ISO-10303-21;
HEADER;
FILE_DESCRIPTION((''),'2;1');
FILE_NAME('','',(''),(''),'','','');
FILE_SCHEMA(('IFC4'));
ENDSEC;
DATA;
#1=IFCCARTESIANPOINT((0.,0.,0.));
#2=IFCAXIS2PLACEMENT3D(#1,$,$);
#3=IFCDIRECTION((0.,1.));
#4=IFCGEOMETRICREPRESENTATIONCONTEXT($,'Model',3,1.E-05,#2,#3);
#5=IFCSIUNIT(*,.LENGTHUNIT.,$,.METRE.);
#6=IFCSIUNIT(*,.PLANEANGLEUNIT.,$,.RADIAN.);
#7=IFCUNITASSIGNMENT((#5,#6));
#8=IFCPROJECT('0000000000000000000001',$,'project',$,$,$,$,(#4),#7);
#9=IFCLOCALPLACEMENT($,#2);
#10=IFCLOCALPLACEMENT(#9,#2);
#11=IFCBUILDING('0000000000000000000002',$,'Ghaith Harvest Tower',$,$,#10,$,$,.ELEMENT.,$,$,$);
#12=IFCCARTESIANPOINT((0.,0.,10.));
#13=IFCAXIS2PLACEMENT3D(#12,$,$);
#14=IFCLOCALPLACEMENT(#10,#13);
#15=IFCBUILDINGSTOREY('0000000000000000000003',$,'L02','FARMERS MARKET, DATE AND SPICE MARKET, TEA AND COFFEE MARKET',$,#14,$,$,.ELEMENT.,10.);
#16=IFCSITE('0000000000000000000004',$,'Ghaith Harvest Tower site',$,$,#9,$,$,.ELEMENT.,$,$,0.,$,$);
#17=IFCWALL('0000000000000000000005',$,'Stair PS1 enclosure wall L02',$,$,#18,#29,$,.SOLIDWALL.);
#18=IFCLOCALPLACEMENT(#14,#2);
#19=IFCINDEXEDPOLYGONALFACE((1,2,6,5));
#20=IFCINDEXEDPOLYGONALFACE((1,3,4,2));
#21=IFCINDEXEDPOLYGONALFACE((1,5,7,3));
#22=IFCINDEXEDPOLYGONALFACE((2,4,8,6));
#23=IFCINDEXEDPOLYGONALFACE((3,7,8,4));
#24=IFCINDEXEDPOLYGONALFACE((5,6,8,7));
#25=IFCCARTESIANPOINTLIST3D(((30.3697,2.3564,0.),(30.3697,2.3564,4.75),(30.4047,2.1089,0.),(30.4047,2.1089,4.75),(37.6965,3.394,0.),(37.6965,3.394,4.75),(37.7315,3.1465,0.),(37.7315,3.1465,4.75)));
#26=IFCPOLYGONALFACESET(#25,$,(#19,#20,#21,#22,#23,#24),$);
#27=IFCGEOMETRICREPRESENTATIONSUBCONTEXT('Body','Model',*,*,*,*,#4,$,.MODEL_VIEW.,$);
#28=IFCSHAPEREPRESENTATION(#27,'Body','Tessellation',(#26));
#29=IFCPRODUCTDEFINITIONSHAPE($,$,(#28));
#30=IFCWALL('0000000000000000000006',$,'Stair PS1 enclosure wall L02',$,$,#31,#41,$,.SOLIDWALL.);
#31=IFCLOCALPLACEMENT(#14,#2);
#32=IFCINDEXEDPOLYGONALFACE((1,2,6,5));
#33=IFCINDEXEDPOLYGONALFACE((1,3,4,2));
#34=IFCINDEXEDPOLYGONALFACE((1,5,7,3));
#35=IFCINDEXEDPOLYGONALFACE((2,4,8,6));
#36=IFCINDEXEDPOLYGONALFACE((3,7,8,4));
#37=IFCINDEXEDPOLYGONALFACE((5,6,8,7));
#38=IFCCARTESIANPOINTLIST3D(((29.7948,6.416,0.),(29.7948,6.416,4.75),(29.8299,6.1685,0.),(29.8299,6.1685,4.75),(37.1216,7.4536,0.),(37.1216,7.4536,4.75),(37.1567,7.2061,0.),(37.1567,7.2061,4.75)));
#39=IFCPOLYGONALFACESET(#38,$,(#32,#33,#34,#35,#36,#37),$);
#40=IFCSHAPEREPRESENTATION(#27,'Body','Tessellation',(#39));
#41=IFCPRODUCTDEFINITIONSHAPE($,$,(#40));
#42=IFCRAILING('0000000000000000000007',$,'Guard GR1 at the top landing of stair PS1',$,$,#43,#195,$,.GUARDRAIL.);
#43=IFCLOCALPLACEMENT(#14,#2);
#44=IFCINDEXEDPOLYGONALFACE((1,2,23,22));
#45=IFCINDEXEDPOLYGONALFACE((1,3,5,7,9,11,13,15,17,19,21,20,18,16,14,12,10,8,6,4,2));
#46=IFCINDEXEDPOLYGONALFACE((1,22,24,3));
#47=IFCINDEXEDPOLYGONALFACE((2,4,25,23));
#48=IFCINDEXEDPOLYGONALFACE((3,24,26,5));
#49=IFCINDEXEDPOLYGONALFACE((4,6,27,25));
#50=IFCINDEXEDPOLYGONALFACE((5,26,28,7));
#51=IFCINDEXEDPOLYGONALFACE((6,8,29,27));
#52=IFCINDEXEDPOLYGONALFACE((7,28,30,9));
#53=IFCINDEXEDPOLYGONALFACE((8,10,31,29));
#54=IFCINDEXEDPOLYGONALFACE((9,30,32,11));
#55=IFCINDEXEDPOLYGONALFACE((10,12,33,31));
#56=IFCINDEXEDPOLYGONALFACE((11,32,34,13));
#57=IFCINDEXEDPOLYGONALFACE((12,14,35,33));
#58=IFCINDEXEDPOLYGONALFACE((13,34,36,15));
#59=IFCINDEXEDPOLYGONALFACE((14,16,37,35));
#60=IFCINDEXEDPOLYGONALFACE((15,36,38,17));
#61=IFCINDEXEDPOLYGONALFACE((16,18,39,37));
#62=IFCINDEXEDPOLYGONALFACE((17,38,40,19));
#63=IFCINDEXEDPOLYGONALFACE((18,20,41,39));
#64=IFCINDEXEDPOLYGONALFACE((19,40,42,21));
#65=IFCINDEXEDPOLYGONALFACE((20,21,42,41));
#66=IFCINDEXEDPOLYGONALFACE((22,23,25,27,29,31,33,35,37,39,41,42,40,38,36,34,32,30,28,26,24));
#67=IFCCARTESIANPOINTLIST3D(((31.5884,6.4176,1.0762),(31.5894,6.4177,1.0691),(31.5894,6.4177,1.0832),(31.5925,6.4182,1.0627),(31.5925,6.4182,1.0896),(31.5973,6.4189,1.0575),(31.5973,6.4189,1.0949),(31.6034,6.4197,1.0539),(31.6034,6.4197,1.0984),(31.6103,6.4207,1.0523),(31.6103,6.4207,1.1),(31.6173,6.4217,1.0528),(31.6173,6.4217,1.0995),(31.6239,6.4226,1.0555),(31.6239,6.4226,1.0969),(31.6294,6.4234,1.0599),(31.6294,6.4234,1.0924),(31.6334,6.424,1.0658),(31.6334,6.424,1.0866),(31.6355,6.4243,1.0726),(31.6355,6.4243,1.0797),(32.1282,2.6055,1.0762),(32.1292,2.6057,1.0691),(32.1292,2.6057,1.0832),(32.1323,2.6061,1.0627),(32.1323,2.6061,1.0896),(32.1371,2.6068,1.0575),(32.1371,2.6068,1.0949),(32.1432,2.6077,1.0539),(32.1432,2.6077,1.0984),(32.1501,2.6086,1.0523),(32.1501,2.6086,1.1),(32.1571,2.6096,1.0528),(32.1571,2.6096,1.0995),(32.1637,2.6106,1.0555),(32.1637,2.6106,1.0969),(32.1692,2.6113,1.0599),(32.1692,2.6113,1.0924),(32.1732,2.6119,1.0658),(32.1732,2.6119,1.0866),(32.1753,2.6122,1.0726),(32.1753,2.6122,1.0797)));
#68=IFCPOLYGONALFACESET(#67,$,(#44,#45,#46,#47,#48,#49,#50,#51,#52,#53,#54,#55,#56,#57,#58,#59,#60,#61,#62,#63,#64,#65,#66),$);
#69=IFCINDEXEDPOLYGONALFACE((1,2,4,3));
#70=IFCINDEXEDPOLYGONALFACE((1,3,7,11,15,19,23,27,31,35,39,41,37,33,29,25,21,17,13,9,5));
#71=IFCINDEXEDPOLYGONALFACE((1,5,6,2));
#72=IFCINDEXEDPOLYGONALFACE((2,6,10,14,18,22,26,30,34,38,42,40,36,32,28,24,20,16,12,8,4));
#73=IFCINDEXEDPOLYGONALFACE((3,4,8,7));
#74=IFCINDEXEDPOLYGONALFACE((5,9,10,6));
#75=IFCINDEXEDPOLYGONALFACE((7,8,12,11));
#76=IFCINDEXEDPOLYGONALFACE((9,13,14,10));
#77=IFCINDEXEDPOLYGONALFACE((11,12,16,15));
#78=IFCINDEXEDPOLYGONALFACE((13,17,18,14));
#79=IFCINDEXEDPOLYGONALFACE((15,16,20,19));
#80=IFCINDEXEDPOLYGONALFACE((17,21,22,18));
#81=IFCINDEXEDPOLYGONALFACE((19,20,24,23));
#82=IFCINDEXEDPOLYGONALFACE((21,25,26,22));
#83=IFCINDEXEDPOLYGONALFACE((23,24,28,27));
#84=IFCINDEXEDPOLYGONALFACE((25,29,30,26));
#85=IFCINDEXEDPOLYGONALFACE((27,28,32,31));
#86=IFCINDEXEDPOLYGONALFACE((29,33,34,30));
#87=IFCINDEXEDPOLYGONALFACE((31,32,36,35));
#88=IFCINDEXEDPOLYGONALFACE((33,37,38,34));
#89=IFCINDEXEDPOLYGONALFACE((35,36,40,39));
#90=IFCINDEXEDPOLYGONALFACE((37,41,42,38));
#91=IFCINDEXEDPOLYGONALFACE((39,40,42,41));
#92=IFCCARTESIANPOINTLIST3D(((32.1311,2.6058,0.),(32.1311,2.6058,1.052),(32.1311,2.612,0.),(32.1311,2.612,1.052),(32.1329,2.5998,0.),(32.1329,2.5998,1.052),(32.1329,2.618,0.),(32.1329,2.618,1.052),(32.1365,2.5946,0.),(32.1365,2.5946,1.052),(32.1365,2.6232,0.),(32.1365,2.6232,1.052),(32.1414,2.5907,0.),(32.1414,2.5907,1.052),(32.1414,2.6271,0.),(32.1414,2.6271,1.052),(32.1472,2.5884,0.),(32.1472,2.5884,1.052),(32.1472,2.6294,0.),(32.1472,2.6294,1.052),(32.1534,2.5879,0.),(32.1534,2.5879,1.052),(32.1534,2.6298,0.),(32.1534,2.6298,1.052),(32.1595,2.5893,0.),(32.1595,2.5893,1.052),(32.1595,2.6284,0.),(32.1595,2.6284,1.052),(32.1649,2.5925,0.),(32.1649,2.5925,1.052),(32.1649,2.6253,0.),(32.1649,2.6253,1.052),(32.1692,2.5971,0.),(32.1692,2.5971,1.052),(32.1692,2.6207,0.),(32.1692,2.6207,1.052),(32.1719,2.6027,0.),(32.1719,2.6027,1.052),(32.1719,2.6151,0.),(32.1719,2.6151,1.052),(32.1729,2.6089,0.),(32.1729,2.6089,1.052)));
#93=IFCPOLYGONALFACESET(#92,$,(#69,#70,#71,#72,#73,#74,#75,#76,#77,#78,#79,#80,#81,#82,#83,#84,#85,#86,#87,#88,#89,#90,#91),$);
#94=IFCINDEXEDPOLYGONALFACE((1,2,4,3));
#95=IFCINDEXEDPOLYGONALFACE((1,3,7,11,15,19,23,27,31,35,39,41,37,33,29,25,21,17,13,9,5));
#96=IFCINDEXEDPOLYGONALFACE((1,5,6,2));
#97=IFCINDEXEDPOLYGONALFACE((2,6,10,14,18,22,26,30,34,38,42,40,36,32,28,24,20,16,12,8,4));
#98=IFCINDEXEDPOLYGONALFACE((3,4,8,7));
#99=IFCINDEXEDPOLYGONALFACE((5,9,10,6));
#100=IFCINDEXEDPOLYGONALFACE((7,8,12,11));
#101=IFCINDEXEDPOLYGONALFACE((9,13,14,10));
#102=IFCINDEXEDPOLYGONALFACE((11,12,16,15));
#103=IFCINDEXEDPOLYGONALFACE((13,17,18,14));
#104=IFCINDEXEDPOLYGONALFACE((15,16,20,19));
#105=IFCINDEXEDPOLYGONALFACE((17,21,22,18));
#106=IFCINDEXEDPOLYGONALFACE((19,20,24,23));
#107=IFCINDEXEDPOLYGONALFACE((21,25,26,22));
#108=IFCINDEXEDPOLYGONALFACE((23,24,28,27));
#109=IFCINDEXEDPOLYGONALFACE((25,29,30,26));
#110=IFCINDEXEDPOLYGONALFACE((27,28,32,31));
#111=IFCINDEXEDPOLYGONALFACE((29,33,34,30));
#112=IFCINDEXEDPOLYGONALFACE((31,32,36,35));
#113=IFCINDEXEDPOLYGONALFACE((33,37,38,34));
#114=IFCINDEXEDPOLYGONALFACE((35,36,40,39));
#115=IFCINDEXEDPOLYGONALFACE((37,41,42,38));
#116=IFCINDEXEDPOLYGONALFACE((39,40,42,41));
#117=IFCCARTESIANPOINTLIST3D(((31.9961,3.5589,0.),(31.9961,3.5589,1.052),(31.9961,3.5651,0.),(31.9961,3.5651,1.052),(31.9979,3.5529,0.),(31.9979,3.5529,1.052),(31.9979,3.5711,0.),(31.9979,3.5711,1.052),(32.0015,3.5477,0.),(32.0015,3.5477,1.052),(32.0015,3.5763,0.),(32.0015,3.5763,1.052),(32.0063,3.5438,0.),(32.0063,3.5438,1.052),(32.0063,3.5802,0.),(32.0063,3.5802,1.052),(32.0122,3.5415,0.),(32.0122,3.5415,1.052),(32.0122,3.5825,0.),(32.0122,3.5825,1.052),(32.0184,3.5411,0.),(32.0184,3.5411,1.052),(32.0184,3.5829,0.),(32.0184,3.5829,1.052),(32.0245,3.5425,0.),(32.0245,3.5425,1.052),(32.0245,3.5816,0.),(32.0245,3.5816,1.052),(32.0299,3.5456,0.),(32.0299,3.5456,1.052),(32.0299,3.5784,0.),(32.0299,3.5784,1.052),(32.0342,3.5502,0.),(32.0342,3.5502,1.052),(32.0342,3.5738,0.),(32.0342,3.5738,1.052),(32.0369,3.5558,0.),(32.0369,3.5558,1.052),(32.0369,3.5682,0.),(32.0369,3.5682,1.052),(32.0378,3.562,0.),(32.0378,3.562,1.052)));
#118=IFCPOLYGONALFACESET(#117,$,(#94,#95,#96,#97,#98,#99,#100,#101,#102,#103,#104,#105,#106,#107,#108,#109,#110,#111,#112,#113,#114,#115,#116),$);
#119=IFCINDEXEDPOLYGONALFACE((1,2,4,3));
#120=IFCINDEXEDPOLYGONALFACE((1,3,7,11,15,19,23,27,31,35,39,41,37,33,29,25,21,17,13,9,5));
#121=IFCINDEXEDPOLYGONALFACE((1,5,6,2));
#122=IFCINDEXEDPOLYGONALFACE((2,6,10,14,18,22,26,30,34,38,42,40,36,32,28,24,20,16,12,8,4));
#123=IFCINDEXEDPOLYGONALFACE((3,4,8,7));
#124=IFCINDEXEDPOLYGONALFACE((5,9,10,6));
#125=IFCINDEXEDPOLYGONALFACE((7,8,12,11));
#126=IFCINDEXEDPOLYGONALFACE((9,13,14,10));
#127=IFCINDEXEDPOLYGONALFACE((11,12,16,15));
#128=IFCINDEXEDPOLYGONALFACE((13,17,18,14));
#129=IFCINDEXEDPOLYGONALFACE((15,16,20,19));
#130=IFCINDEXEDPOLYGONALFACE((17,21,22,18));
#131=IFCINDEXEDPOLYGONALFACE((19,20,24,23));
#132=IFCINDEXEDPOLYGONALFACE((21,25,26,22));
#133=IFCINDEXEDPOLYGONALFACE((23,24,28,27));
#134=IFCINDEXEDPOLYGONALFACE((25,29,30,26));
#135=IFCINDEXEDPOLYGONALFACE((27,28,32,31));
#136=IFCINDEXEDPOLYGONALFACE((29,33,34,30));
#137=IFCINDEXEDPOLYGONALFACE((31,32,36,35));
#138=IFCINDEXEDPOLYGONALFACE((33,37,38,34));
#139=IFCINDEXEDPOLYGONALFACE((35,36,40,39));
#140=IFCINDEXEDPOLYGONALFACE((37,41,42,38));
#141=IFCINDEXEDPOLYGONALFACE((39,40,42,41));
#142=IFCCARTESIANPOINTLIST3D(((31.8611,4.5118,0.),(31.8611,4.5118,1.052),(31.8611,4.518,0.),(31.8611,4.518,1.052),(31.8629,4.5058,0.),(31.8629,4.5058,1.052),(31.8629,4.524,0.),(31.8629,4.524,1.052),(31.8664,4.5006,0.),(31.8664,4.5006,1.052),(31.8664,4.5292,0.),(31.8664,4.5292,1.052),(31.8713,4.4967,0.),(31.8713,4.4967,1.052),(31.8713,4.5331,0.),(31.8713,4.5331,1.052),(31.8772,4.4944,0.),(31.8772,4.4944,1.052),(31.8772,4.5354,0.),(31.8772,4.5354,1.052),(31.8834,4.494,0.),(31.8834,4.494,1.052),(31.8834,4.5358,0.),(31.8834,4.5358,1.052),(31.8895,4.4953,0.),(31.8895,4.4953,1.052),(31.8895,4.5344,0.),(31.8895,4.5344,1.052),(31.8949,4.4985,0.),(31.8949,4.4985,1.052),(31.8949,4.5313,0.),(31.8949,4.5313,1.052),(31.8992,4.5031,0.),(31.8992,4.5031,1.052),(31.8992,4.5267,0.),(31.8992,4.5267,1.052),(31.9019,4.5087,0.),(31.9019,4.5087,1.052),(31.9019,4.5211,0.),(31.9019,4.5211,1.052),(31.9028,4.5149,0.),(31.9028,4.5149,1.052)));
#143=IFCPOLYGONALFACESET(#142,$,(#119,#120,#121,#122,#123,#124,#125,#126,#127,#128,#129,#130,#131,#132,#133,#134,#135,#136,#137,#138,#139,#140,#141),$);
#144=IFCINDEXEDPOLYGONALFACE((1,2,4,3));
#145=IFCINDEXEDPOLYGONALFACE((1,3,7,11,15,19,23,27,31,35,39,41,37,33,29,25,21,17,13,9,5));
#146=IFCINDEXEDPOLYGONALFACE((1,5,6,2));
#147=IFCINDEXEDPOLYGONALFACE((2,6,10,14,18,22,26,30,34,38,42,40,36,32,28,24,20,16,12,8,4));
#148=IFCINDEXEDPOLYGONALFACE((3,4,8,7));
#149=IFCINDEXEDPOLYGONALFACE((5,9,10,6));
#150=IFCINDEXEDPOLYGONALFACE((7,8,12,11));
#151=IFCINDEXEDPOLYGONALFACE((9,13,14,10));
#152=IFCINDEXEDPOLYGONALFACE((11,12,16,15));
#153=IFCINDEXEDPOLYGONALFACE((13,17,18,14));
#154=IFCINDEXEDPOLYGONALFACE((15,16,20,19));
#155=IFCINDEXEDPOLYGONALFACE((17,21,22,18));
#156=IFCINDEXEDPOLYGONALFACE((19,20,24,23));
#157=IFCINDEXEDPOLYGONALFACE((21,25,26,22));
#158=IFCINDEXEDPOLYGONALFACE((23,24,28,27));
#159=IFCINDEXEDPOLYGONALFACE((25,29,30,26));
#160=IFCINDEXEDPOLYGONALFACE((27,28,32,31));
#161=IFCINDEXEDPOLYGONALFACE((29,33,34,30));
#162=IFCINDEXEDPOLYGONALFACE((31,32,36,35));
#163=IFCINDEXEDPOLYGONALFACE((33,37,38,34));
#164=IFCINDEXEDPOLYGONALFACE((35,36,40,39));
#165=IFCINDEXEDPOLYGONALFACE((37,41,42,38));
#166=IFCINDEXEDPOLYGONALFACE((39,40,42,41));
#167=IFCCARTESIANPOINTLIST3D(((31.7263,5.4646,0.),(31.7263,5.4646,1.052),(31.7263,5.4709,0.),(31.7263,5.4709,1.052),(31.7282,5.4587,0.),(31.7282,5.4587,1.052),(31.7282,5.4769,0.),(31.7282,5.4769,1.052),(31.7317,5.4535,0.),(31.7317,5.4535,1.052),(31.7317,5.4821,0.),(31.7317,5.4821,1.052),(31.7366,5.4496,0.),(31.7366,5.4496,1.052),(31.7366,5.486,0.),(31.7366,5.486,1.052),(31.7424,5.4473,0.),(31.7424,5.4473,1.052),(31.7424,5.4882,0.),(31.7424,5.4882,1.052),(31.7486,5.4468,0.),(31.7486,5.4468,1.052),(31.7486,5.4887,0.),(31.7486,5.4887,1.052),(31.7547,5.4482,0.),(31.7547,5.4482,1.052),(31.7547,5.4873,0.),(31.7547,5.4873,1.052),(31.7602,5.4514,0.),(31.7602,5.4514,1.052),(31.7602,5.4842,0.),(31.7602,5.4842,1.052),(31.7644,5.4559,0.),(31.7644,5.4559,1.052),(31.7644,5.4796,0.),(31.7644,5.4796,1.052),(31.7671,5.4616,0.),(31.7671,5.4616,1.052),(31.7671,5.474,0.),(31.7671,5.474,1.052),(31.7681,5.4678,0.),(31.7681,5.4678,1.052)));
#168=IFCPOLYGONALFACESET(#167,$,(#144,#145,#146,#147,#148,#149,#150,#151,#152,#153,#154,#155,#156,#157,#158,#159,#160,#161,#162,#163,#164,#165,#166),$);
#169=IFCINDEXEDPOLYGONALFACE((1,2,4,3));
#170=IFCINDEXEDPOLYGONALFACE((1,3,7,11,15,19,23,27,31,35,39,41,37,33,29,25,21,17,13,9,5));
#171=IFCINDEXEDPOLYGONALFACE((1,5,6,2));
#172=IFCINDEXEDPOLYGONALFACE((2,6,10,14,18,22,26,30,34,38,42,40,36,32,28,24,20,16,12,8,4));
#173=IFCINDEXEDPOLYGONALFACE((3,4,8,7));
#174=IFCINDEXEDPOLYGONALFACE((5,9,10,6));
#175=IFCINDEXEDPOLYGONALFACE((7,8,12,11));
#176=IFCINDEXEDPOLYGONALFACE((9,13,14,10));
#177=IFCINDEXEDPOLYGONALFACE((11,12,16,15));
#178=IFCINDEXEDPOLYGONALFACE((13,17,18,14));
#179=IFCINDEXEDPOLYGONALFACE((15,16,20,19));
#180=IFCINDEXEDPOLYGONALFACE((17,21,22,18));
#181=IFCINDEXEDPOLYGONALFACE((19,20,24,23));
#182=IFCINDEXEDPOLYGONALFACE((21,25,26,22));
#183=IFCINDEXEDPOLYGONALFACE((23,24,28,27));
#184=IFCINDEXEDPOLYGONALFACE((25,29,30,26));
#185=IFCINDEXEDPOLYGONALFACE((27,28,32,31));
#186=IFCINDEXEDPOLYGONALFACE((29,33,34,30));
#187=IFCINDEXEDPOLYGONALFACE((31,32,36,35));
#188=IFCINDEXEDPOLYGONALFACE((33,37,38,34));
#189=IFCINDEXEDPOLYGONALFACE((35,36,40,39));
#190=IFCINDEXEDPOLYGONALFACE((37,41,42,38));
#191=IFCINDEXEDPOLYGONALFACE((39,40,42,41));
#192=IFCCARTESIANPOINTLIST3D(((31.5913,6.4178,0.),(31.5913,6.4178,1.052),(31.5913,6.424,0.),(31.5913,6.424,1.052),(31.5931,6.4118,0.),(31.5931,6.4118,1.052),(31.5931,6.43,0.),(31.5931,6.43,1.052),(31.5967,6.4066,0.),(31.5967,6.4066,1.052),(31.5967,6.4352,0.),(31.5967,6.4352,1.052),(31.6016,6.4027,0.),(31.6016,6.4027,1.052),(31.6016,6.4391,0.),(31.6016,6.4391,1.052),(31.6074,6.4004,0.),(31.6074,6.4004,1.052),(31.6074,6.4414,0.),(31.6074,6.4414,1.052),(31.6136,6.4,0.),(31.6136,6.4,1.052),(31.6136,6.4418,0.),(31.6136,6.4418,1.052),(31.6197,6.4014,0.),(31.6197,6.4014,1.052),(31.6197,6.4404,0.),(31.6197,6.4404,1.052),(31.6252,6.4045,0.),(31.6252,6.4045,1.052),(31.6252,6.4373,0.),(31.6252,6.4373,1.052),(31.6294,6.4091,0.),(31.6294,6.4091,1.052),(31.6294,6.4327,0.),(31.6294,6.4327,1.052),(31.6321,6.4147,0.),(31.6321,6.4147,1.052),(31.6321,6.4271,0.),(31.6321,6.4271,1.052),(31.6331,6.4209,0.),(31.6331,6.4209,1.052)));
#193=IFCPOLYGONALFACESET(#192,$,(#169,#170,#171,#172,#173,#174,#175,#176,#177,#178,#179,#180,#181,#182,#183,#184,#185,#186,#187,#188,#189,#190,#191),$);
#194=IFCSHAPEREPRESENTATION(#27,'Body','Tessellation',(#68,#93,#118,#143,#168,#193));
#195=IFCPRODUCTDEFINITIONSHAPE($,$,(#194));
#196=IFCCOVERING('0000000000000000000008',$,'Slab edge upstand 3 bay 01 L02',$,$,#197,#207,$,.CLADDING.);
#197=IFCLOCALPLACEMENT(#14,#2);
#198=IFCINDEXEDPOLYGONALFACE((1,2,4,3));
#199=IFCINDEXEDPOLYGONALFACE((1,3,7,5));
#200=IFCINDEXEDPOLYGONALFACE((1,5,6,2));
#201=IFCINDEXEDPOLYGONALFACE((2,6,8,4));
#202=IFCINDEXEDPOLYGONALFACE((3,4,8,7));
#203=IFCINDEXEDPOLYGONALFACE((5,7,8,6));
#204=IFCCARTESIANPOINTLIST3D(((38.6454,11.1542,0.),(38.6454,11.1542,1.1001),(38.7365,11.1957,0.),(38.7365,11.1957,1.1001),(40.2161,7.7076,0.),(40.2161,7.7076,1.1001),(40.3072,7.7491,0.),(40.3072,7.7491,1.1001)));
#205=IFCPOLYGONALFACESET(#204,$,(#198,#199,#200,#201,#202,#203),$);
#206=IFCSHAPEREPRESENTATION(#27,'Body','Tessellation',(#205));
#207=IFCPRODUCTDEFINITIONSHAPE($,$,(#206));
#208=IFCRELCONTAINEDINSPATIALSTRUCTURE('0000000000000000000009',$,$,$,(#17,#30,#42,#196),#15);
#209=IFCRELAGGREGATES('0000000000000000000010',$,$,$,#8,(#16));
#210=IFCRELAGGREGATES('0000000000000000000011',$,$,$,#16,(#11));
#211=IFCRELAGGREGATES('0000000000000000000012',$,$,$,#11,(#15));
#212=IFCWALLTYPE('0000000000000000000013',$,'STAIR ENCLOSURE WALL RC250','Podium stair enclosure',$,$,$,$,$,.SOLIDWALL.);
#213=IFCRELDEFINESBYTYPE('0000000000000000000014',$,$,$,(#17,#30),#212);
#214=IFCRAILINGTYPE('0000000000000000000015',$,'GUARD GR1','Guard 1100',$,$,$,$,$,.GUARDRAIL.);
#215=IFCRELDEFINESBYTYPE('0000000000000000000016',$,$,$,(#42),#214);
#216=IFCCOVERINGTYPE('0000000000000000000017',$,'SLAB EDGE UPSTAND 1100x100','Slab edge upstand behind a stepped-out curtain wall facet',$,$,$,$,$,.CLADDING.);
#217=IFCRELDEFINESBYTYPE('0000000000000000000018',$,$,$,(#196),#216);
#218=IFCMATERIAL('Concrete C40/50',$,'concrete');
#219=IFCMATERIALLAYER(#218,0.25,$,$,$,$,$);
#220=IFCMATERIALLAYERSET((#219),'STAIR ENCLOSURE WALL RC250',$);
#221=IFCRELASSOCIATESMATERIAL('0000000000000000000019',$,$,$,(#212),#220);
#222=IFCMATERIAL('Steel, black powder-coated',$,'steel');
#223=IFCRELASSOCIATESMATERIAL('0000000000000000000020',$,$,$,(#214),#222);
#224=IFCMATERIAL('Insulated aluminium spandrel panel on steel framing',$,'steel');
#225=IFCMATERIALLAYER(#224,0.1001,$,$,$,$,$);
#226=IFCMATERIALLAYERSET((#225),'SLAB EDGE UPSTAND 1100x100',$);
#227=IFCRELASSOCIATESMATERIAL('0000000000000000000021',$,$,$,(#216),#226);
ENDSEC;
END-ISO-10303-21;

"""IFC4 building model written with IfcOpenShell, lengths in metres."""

from ifc_helpers import new_model, si_unit, direction, frame, frame_2d, origin, origin_2d, place, context, subcontext, project, spatial, rectangle, circle, extrude, material, layer, layer_set, type_object, element, save


model = new_model("IFC4")

# Units and contexts
model_context = context("Model", 3, precision=1e-05, world=origin(), true_north=direction((0.0, 1.0)))
body_context = subcontext(model_context, "Body", "Model", "MODEL_VIEW")
ifc_project = project(units=[si_unit("LENGTHUNIT", "METRE"), si_unit("PLANEANGLEUNIT", "RADIAN")], contexts=[model_context])

# Site, building, storey
site_placement = place(None, origin())
site = spatial("IfcSite", under=ifc_project, at=site_placement, Name="Ghaith Harvest Tower site", CompositionType="ELEMENT", RefElevation=0.0)
building_placement = place(site_placement, origin())
building = spatial("IfcBuilding", under=site, at=building_placement, Name="Ghaith Harvest Tower", CompositionType="ELEMENT")
storey_placement = place(building_placement, frame((0.0, 0.0, 10.0)))
storey = spatial("IfcBuildingStorey", under=building, at=storey_placement, Name="L02", Description="FARMERS MARKET, DATE AND SPICE MARKET, TEA AND COFFEE MARKET", CompositionType="ELEMENT", Elevation=10.0)

# Shared definitions
ifc_material_1 = material(Name="Concrete C40/50", Category="concrete")
ifc_layer_1 = layer(ifc_material_1, 0.25)
ifc_layer_set_1 = layer_set([ifc_layer_1], Name="STAIR ENCLOSURE WALL RC250")
wall_type = type_object("IfcWallType", Name="STAIR ENCLOSURE WALL RC250", Description="Podium stair enclosure", PredefinedType="SOLIDWALL", material=ifc_layer_set_1)

# Walls
for number, where, z_axis, x_axis, name in (
    (1, (30.3872, 2.2327, 0.0), (0.0, 0.0, 1.0), (0.990121, 0.140216, 0.0), "Stair PS1 enclosure wall L02"),
    (2, (37.1392, 7.3298, 0.0), (0.0, 0.0, 1.0), (-0.990121, -0.140216, 0.0), "Stair PS1 enclosure wall L02"),
):
    element("IfcWall", number, at=place(storey_placement, frame(where, z_axis=z_axis, x_axis=x_axis)), inside=storey, type_object=wall_type, Name=name, PredefinedType="SOLIDWALL", context=body_context, shape_type="SweptSolid", body=[
        extrude(rectangle(XDim=7.3999, YDim=0.25, at=frame_2d((3.7, 0.0))), origin(), (0.0, 0.0, 1.0), 4.75),
    ])

# Railing
ifc_material_2 = material(Name="Steel, black powder-coated", Category="steel")
railing_type = type_object("IfcRailingType", Name="GUARD GR1", Description="Guard 1100", PredefinedType="GUARDRAIL", material=ifc_material_2)
railing_placement = place(storey_placement, frame((32.1519, 2.6089, 0.0)))
element("IfcRailing", 3, at=railing_placement, inside=storey, type_object=railing_type, Name="Guard GR1 at the top landing of stair PS1", PredefinedType="GUARDRAIL", context=body_context, shape_type="SweptSolid", body=[
    extrude(circle(Radius=0.0239, at=origin_2d()), frame((0.0, 0.0, 1.0762), z_axis=(-0.140205, 0.990122, 0.0), x_axis=(-0.990122, -0.140205, 0.0)), (0.0, 0.0, 1.0), 3.8501),
    extrude(circle(Radius=0.021, at=origin_2d()), origin(), (0.0, 0.0, 1.0), 1.052),
    extrude(circle(Radius=0.021, at=origin_2d()), frame((-0.135, 0.9531, 0.0)), (0.0, 0.0, 1.0), 1.052),
    extrude(circle(Radius=0.021, at=origin_2d()), frame((-0.27, 1.906, 0.0)), (0.0, 0.0, 1.0), 1.052),
    extrude(circle(Radius=0.021, at=origin_2d()), frame((-0.4048, 2.8589, 0.0)), (0.0, 0.0, 1.0), 1.052),
    extrude(circle(Radius=0.021, at=origin_2d()), frame((-0.5398, 3.812, 0.0)), (0.0, 0.0, 1.0), 1.052),
])

# Covering
ifc_material_3 = material(Name="Insulated aluminium spandrel panel on steel framing", Category="steel")
ifc_layer_2 = layer(ifc_material_3, 0.1001)
ifc_layer_set_2 = layer_set([ifc_layer_2], Name="SLAB EDGE UPSTAND 1100x100")
covering_type = type_object("IfcCoveringType", Name="SLAB EDGE UPSTAND 1100x100", Description="Slab edge upstand behind a stepped-out curtain wall facet", PredefinedType="CLADDING", material=ifc_layer_set_2)
covering_1_placement = place(storey_placement, frame((39.4763, 9.4517, 0.0), z_axis=(0.0, 0.0, 1.0), x_axis=(-0.414687, 0.909964, 0.0)))
element("IfcCovering", 4, at=covering_1_placement, inside=storey, type_object=covering_type, Name="Slab edge upstand 3 bay 01 L02", PredefinedType="CLADDING", context=body_context, shape_type="SweptSolid", body=[
    extrude(rectangle(XDim=3.7876, YDim=0.1001, at=origin_2d()), origin(), (0.0, 0.0, 1.0), 1.1001),
])

save(model, "model.ifc")
